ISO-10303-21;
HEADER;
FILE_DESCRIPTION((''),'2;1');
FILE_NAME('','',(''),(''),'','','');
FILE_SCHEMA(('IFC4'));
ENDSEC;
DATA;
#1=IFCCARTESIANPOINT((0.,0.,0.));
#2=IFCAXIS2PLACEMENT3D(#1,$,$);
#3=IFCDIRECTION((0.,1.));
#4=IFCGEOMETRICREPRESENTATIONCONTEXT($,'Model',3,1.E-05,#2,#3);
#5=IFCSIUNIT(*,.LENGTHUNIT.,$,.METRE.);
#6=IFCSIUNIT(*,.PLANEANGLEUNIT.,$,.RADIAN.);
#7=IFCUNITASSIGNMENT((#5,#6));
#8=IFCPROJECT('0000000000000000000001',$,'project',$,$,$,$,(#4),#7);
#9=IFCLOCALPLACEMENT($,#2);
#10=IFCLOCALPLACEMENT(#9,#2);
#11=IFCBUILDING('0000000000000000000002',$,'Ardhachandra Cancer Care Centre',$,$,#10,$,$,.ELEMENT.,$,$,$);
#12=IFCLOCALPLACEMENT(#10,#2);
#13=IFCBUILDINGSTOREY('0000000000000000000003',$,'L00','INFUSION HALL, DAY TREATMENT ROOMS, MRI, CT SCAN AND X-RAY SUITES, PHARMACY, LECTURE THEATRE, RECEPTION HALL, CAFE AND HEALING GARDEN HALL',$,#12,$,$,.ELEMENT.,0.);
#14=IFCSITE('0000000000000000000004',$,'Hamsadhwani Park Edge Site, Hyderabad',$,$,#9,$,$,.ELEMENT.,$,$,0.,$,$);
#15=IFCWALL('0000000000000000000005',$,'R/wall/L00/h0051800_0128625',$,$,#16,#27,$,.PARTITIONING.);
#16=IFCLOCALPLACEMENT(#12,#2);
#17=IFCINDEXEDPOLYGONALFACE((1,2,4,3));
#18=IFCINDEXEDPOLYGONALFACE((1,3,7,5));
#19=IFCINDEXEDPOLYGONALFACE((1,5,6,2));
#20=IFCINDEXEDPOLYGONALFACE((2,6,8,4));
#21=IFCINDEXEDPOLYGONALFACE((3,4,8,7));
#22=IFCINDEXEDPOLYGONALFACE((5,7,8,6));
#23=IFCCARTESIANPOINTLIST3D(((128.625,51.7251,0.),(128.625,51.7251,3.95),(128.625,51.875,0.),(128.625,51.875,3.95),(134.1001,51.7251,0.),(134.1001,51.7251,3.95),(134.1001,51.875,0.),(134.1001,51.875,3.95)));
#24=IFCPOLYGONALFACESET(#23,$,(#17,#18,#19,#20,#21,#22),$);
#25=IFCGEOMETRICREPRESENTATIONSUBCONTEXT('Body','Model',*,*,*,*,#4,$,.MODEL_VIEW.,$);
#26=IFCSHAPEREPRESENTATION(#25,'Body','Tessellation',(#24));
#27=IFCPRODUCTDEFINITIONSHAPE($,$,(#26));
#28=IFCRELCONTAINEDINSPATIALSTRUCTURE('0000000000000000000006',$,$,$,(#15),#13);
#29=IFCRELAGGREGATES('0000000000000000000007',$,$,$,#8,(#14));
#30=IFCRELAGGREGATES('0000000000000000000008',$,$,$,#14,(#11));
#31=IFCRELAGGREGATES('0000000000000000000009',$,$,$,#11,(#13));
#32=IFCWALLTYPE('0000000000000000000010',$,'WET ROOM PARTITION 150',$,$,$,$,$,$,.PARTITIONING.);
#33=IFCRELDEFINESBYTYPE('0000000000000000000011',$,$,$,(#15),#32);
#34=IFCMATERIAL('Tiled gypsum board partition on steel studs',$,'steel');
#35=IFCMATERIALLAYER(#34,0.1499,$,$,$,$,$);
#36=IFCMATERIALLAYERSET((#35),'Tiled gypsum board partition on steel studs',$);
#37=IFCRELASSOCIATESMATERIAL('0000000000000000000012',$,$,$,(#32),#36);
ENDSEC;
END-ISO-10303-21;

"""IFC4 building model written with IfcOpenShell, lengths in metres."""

from ifc_helpers import new_model, si_unit, direction, frame, frame_2d, origin, place, context, subcontext, project, spatial, rectangle, extrude, material, layer, layer_set, type_object, element, save


model = new_model("IFC4")

# Units and contexts
model_context = context("Model", 3, precision=1e-05, world=origin(), true_north=direction((0.0, 1.0)))
body_context = subcontext(model_context, "Body", "Model", "MODEL_VIEW")
ifc_project = project(units=[si_unit("LENGTHUNIT", "METRE"), si_unit("PLANEANGLEUNIT", "RADIAN")], contexts=[model_context])

# Site, building, storey
site_placement = place(None, origin())
site = spatial("IfcSite", under=ifc_project, at=site_placement, Name="Hamsadhwani Park Edge Site, Hyderabad", CompositionType="ELEMENT", RefElevation=0.0)
building_placement = place(site_placement, origin())
building = spatial("IfcBuilding", under=site, at=building_placement, Name="Ardhachandra Cancer Care Centre", CompositionType="ELEMENT")
storey_placement = place(building_placement, origin())
storey = spatial("IfcBuildingStorey", under=building, at=storey_placement, Name="L00", Description="INFUSION HALL, DAY TREATMENT ROOMS, MRI, CT SCAN AND X-RAY SUITES, PHARMACY, LECTURE THEATRE, RECEPTION HALL, CAFE AND HEALING GARDEN HALL", CompositionType="ELEMENT", Elevation=0.0)

# Wall
ifc_material_1 = material(Name="Tiled gypsum board partition on steel studs", Category="steel")
ifc_layer_1 = layer(ifc_material_1, 0.1499)
ifc_layer_set_1 = layer_set([ifc_layer_1], Name="Tiled gypsum board partition on steel studs")
wall_type_1 = type_object("IfcWallType", Name="WET ROOM PARTITION 150", PredefinedType="PARTITIONING", material=ifc_layer_set_1)
for number, where, z_axis, x_axis, name in (
    (1, (128.625, 51.8, 0.0), (0.0, 0.0, 1.0), (1.0, 0.0, 0.0), "R/wall/L00/h0051800_0128625"),
):
    element("IfcWall", number, at=place(storey_placement, frame(where, z_axis=z_axis, x_axis=x_axis)), inside=storey, type_object=wall_type_1, Name=name, PredefinedType="PARTITIONING", context=body_context, shape_type="SweptSolid", body=[
        extrude(rectangle(XDim=5.4751, YDim=0.1499, at=frame_2d((2.7375, 0.0))), origin(), (0.0, 0.0, 1.0), 3.95),
    ])

save(model, "model.ifc")
